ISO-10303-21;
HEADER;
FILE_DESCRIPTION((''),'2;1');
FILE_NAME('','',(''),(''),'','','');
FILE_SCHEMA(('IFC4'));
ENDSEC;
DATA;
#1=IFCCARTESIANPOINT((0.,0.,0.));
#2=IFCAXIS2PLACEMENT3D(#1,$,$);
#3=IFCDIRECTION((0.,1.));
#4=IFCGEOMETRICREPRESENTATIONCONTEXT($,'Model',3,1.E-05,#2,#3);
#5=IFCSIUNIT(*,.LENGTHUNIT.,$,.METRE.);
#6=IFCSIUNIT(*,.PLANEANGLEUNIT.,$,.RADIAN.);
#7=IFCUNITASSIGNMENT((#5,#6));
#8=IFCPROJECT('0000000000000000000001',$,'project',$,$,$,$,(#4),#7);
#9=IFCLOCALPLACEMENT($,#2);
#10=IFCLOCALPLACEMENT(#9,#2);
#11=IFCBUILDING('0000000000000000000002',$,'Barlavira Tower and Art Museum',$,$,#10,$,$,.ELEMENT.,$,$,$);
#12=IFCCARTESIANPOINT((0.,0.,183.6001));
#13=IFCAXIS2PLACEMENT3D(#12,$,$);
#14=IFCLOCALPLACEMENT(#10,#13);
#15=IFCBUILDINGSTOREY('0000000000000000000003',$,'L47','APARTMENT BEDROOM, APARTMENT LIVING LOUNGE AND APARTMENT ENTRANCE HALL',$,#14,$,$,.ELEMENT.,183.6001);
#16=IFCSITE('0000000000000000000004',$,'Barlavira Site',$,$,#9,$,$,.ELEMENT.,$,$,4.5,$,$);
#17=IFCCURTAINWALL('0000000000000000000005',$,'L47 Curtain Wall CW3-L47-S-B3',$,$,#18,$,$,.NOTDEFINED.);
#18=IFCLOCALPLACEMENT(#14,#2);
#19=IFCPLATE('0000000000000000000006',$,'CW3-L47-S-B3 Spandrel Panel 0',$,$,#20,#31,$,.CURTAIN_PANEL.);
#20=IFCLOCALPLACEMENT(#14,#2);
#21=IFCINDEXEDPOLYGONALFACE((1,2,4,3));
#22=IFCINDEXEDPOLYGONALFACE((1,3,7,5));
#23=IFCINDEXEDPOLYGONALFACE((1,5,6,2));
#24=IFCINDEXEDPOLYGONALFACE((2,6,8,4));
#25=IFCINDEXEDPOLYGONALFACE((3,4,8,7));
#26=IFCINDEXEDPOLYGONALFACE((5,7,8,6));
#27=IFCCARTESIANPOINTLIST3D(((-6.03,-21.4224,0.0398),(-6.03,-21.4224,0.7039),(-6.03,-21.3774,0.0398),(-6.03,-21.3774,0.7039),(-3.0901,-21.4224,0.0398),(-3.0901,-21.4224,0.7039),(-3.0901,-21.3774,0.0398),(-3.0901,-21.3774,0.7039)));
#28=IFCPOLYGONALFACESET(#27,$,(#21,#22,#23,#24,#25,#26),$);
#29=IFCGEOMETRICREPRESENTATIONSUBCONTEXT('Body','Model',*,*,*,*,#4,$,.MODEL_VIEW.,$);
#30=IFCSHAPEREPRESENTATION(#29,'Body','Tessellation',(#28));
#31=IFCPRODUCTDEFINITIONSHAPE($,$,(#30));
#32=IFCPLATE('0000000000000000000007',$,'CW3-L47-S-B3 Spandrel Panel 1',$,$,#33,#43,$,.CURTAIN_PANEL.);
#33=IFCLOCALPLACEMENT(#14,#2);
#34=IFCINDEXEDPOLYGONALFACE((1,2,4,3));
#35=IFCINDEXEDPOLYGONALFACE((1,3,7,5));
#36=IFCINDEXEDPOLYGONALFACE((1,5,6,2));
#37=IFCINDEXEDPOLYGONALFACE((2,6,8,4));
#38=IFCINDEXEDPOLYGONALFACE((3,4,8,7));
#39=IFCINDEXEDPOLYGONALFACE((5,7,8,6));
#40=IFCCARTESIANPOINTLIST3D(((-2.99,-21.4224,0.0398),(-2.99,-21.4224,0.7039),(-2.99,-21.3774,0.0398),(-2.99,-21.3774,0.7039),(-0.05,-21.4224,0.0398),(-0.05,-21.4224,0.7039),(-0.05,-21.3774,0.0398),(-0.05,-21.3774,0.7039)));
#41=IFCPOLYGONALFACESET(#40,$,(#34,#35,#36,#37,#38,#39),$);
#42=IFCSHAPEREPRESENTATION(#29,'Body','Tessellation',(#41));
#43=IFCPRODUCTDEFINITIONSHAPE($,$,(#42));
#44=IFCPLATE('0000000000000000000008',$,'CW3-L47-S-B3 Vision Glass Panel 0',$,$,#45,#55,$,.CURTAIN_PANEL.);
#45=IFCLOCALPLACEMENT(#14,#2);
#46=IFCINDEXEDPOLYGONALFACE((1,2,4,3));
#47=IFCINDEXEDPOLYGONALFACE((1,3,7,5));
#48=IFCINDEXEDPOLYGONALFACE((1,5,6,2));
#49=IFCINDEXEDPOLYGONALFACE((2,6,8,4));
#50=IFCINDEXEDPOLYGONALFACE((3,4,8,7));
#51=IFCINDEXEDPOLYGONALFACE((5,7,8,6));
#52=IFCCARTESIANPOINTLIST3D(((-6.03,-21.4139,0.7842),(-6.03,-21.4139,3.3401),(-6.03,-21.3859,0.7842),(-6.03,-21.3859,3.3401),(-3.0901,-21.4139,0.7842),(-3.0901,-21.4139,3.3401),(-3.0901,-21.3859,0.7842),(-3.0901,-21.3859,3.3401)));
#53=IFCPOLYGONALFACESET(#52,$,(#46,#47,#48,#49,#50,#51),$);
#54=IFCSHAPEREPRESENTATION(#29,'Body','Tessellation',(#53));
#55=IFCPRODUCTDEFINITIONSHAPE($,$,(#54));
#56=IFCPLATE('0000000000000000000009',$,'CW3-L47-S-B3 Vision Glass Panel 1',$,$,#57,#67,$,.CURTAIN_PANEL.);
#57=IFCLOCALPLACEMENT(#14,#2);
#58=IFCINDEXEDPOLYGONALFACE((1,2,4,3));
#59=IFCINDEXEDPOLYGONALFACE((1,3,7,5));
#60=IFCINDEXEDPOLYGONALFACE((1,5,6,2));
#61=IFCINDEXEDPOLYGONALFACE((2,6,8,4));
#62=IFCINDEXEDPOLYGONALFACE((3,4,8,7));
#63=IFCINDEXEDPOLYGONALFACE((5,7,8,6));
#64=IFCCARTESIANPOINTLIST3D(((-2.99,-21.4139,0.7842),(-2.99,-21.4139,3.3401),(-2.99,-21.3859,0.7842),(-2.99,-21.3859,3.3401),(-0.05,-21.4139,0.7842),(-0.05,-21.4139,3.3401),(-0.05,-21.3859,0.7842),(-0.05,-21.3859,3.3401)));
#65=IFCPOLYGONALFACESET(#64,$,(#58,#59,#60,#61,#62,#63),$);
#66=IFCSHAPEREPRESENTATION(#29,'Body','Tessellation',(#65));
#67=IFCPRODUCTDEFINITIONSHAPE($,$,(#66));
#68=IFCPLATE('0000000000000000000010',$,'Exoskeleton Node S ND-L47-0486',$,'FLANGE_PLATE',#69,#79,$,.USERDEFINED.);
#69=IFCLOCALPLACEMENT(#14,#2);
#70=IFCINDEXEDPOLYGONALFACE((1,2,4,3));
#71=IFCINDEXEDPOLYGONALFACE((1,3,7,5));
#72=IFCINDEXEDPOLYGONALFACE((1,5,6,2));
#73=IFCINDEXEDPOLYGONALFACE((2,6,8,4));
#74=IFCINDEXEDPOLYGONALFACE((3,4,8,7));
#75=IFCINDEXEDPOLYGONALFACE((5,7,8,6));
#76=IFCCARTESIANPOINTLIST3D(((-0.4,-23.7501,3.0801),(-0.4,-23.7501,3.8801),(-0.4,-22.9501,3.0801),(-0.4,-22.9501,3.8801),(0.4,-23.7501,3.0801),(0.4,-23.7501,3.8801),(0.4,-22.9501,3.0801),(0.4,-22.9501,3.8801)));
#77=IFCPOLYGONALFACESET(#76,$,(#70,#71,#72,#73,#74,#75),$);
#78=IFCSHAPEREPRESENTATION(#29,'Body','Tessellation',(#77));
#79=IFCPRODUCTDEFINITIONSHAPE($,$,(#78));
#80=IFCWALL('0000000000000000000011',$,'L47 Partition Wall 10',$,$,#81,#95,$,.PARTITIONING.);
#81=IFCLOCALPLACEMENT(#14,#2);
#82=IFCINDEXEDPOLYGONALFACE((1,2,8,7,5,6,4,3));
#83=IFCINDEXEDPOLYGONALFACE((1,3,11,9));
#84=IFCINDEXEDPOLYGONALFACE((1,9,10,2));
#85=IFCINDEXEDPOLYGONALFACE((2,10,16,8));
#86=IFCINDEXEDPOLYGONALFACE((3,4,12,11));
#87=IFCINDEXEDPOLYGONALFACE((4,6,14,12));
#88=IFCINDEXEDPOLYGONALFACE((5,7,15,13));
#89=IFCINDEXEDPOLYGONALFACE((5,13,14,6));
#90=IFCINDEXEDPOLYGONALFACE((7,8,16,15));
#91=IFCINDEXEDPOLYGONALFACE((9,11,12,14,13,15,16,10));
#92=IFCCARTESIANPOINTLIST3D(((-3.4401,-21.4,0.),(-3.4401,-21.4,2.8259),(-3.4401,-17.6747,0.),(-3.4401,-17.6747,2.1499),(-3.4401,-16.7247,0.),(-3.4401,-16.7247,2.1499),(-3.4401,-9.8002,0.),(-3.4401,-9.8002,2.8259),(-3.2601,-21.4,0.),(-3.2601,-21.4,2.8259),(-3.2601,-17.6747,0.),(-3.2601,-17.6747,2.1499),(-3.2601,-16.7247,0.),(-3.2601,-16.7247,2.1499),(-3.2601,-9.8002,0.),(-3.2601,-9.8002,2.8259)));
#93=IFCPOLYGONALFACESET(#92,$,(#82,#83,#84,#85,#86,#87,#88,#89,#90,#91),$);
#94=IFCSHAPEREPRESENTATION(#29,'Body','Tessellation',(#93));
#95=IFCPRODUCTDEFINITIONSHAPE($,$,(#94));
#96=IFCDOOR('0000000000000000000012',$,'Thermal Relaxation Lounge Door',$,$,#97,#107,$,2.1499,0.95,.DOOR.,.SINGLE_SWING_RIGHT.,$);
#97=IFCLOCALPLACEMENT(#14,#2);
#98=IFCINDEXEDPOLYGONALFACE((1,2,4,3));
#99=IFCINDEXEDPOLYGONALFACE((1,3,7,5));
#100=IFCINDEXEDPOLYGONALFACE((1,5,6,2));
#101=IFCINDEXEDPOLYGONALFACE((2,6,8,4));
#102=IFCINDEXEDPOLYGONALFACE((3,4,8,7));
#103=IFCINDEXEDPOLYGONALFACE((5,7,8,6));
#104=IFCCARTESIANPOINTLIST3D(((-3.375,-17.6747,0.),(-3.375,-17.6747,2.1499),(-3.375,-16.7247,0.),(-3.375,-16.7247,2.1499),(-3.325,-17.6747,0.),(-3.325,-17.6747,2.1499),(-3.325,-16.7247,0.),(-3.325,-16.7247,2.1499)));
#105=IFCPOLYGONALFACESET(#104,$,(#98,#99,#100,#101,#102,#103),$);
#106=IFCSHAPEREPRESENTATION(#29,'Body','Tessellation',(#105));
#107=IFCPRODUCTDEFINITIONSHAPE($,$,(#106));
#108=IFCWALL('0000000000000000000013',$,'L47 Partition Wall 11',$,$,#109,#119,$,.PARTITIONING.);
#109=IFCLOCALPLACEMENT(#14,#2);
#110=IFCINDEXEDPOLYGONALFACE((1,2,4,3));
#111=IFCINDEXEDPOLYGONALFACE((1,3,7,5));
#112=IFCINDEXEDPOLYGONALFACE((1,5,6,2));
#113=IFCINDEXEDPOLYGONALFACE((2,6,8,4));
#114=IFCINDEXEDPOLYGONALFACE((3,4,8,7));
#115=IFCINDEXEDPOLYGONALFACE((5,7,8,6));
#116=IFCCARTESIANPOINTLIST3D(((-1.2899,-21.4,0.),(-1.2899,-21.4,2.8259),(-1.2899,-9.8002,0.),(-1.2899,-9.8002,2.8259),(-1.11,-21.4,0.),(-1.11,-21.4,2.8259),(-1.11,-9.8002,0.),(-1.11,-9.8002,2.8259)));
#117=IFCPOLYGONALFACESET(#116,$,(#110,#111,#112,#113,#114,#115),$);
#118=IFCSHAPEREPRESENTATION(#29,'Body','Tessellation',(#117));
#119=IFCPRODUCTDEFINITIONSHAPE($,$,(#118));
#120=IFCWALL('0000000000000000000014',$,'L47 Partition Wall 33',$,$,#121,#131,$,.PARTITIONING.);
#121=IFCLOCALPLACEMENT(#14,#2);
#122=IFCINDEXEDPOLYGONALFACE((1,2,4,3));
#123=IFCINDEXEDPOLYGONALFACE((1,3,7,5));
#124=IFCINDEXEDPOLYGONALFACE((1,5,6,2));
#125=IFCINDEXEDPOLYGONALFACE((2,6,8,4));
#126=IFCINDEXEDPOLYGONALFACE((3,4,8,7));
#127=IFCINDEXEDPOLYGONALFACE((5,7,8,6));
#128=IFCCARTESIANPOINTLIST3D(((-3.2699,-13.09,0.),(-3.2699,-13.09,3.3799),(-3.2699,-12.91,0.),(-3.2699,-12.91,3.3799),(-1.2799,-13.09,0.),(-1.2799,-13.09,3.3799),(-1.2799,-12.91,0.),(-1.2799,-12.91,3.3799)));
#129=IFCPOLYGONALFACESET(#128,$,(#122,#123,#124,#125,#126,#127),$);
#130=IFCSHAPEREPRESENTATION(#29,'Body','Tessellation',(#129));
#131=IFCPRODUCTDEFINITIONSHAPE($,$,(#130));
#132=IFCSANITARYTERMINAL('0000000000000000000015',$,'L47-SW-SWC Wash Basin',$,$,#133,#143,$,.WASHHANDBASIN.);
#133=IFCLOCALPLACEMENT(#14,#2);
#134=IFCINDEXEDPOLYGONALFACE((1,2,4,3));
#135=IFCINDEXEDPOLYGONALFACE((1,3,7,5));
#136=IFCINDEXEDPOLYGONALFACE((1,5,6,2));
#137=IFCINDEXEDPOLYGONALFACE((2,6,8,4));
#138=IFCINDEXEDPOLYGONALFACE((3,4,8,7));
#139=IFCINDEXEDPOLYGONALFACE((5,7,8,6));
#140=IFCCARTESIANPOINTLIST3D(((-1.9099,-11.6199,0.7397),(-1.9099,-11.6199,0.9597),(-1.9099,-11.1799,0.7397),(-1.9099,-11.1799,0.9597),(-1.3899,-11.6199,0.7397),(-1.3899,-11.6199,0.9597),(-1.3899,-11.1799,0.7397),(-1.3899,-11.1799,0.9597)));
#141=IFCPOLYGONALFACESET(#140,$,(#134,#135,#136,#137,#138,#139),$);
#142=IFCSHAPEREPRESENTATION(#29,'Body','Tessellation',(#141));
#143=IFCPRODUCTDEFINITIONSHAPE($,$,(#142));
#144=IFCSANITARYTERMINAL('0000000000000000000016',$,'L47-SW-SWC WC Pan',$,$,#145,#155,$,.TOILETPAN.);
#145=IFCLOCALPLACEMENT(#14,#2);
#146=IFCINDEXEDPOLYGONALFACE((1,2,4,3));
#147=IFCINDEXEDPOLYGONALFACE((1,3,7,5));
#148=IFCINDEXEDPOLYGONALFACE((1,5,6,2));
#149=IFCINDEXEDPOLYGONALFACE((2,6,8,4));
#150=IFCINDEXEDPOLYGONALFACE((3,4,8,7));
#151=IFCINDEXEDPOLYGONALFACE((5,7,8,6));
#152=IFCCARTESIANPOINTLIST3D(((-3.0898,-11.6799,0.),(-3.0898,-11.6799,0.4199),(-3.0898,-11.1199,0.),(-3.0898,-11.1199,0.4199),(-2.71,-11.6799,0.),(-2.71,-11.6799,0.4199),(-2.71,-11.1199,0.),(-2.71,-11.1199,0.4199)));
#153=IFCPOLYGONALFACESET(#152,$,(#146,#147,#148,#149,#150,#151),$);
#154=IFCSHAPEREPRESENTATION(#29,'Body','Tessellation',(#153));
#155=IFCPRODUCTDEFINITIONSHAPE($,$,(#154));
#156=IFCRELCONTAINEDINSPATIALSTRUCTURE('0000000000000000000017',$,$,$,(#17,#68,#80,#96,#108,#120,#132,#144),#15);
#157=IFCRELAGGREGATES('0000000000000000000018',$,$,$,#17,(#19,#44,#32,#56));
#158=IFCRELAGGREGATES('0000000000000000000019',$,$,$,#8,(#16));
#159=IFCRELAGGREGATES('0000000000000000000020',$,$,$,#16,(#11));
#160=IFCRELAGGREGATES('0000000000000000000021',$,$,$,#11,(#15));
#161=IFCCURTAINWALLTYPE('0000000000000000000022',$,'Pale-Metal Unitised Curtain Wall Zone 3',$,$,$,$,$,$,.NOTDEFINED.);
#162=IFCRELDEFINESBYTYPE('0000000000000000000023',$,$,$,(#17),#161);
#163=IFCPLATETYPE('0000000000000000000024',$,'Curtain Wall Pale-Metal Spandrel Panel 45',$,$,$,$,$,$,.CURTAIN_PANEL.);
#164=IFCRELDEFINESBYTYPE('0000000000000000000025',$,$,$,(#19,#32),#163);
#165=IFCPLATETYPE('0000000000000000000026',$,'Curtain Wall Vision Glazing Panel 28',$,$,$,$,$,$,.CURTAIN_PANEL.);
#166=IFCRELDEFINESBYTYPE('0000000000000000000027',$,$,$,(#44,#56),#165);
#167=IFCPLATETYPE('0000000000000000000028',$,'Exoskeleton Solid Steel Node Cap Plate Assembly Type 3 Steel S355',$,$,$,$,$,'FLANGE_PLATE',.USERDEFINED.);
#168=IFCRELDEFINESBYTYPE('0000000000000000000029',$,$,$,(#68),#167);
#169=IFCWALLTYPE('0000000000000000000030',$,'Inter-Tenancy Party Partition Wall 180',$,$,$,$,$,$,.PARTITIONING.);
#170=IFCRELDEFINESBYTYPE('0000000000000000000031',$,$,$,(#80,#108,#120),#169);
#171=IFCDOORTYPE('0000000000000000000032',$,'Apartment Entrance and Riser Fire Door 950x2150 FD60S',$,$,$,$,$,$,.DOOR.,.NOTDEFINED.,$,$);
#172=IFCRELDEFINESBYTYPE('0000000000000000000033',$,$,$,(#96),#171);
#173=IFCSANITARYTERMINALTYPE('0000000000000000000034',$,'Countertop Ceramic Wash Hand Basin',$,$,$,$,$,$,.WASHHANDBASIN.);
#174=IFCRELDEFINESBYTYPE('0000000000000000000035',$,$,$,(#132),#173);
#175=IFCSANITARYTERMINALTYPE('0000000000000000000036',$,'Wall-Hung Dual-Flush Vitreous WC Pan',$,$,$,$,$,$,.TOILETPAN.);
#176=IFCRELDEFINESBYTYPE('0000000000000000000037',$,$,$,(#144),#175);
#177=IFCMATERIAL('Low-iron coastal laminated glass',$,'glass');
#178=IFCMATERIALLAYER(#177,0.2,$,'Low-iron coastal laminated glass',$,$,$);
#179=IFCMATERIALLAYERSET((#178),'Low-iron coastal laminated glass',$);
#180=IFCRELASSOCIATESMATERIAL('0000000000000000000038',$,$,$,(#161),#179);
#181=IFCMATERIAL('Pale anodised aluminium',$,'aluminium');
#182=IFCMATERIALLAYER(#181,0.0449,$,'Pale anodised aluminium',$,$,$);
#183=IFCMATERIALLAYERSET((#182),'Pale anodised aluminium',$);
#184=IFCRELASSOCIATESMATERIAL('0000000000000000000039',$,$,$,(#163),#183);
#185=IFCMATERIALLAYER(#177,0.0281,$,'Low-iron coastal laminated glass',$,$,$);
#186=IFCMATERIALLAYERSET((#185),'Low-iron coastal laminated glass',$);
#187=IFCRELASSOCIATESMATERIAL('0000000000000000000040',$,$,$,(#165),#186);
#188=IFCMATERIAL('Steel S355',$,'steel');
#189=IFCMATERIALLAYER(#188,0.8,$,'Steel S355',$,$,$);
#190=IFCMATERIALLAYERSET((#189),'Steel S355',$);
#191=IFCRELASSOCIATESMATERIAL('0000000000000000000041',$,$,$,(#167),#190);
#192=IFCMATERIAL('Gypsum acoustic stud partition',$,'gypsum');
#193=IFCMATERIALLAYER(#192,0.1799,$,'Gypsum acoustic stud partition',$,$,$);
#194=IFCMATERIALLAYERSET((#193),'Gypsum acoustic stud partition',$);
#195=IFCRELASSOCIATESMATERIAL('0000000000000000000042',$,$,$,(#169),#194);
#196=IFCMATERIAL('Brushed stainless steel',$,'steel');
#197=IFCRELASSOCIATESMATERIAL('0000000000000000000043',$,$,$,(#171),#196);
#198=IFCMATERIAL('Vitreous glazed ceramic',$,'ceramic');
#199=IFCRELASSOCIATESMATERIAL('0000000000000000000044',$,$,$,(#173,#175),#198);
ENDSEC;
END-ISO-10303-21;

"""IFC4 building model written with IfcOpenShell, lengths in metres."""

from ifc_helpers import new_model, si_unit, direction, frame, frame_2d, origin, origin_2d, place, context, subcontext, project, spatial, rectangle, extrude, material, layer, layer_set, type_object, element, fill, aggregate, save


model = new_model("IFC4")

# Units and contexts
model_context = context("Model", 3, precision=1e-05, world=origin(), true_north=direction((0.0, 1.0)))
body_context = subcontext(model_context, "Body", "Model", "MODEL_VIEW")
ifc_project = project(units=[si_unit("LENGTHUNIT", "METRE"), si_unit("PLANEANGLEUNIT", "RADIAN")], contexts=[model_context])

# Site, building, storey
site_placement = place(None, origin())
site = spatial("IfcSite", under=ifc_project, at=site_placement, Name="Barlavira Site", CompositionType="ELEMENT", RefElevation=4.5)
building_placement = place(site_placement, origin())
building = spatial("IfcBuilding", under=site, at=building_placement, Name="Barlavira Tower and Art Museum", CompositionType="ELEMENT")
storey_placement = place(building_placement, frame((0.0, 0.0, 183.6001)))
storey = spatial("IfcBuildingStorey", under=building, at=storey_placement, Name="L47", Description="APARTMENT BEDROOM, APARTMENT LIVING LOUNGE AND APARTMENT ENTRANCE HALL", CompositionType="ELEMENT", Elevation=183.6001)

# Curtain wall
ifc_material_1 = material(Name="Low-iron coastal laminated glass", Category="glass")
ifc_layer_1 = layer(ifc_material_1, 0.2, Name="Low-iron coastal laminated glass")
ifc_layer_set_1 = layer_set([ifc_layer_1], Name="Low-iron coastal laminated glass")
curtain_wall_type = type_object("IfcCurtainWallType", Name="Pale-Metal Unitised Curtain Wall Zone 3", PredefinedType="NOTDEFINED", material=ifc_layer_set_1)
curtain_wall_placement = place(storey_placement, origin())
curtain_wall = element("IfcCurtainWall", 1, at=curtain_wall_placement, inside=storey, type_object=curtain_wall_type, Name="L47 Curtain Wall CW3-L47-S-B3", PredefinedType="NOTDEFINED")
ifc_material_2 = material(Name="Pale anodised aluminium", Category="aluminium")

# Shared definitions
ifc_material_3 = material(Name="Steel S355", Category="steel")

# Plates
ifc_layer_2 = layer(ifc_material_2, 0.0449, Name="Pale anodised aluminium")
ifc_layer_set_2 = layer_set([ifc_layer_2], Name="Pale anodised aluminium")
plate_type_1 = type_object("IfcPlateType", Name="Curtain Wall Pale-Metal Spandrel Panel 45", PredefinedType="CURTAIN_PANEL", material=ifc_layer_set_2)
plate_1_placement = place(storey_placement, frame((-4.5601, -21.3999, 0.0398), z_axis=(0.0, 0.0, 1.0), x_axis=(1.0, 0.0, 0.0)))
plate_1 = element("IfcPlate", 2, at=plate_1_placement, type_object=plate_type_1, Name="CW3-L47-S-B3 Spandrel Panel 0", PredefinedType="CURTAIN_PANEL", context=body_context, shape_type="SweptSolid", body=[
    extrude(rectangle(XDim=2.9399, YDim=0.0449, at=origin_2d()), origin(), (0.0, 0.0, 1.0), 0.6641),
])
plate_2_placement = place(storey_placement, frame((-1.52, -21.3999, 0.0398), z_axis=(0.0, 0.0, 1.0), x_axis=(1.0, 0.0, 0.0)))
plate_2 = element("IfcPlate", 3, at=plate_2_placement, type_object=plate_type_1, Name="CW3-L47-S-B3 Spandrel Panel 1", PredefinedType="CURTAIN_PANEL", context=body_context, shape_type="SweptSolid", body=[
    extrude(rectangle(XDim=2.9399, YDim=0.0449, at=origin_2d()), origin(), (0.0, 0.0, 1.0), 0.6641),
])
ifc_layer_3 = layer(ifc_material_1, 0.0281, Name="Low-iron coastal laminated glass")
ifc_layer_set_3 = layer_set([ifc_layer_3], Name="Low-iron coastal laminated glass")
plate_type_2 = type_object("IfcPlateType", Name="Curtain Wall Vision Glazing Panel 28", PredefinedType="CURTAIN_PANEL", material=ifc_layer_set_3)
plate_3_placement = place(storey_placement, frame((-4.5601, -21.3999, 0.7842), z_axis=(0.0, 0.0, 1.0), x_axis=(1.0, 0.0, 0.0)))
plate_3 = element("IfcPlate", 4, at=plate_3_placement, type_object=plate_type_2, Name="CW3-L47-S-B3 Vision Glass Panel 0", PredefinedType="CURTAIN_PANEL", context=body_context, shape_type="SweptSolid", body=[
    extrude(rectangle(XDim=2.9399, YDim=0.0281, at=origin_2d()), origin(), (0.0, 0.0, 1.0), 2.5559),
])
plate_4_placement = place(storey_placement, frame((-1.52, -21.3999, 0.7842), z_axis=(0.0, 0.0, 1.0), x_axis=(1.0, 0.0, 0.0)))
plate_4 = element("IfcPlate", 5, at=plate_4_placement, type_object=plate_type_2, Name="CW3-L47-S-B3 Vision Glass Panel 1", PredefinedType="CURTAIN_PANEL", context=body_context, shape_type="SweptSolid", body=[
    extrude(rectangle(XDim=2.9399, YDim=0.0281, at=origin_2d()), origin(), (0.0, 0.0, 1.0), 2.5559),
])
aggregate(curtain_wall, [plate_1, plate_3, plate_2, plate_4])
ifc_layer_4 = layer(ifc_material_3, 0.8, Name="Steel S355")
ifc_layer_set_4 = layer_set([ifc_layer_4], Name="Steel S355")
plate_type_3 = type_object("IfcPlateType", Name="Exoskeleton Solid Steel Node Cap Plate Assembly Type 3 Steel S355", ElementType="FLANGE_PLATE", PredefinedType="USERDEFINED", material=ifc_layer_set_4)
plate_5_placement = place(storey_placement, frame((0.0, -23.3501, 3.0801), z_axis=(0.0, 0.0, 1.0), x_axis=(1.0, 0.0, 0.0)))
element("IfcPlate", 6, at=plate_5_placement, inside=storey, type_object=plate_type_3, Name="Exoskeleton Node S ND-L47-0486", ObjectType="FLANGE_PLATE", PredefinedType="USERDEFINED", context=body_context, shape_type="SweptSolid", body=[
    extrude(rectangle(XDim=0.8, YDim=0.8, at=origin_2d()), origin(), (0.0, 0.0, 1.0), 0.8),
])

# Wall, opening, door
ifc_material_4 = material(Name="Gypsum acoustic stud partition", Category="gypsum")
ifc_layer_5 = layer(ifc_material_4, 0.1799, Name="Gypsum acoustic stud partition")
ifc_layer_set_5 = layer_set([ifc_layer_5], Name="Gypsum acoustic stud partition")
wall_type = type_object("IfcWallType", Name="Inter-Tenancy Party Partition Wall 180", PredefinedType="PARTITIONING", material=ifc_layer_set_5)
wall_1_placement = place(storey_placement, frame((-3.3501, -21.3999, 0.0), z_axis=(0.0, 0.0, 1.0), x_axis=(0.0, 1.0, 0.0)))
wall_1 = element("IfcWall", 7, at=wall_1_placement, inside=storey, type_object=wall_type, Name="L47 Partition Wall 10", PredefinedType="PARTITIONING", context=body_context, shape_type="SweptSolid", body=[
    extrude(rectangle(XDim=11.5999, YDim=0.1799, at=frame_2d((5.7998, 0.0))), origin(), (0.0, 0.0, 1.0), 2.8259),
])
opening_1_placement = place(wall_1_placement, frame((3.7251, 0.0, 0.0)))
opening_1 = element("IfcOpeningElement", 8, at=opening_1_placement, cuts=wall_1, PredefinedType="OPENING", context=body_context, shape_type="SweptSolid", body=[
    extrude(rectangle(XDim=0.95, YDim=2.1499, at=frame_2d((0.4751, 1.075))), frame((0.0, 0.1001, 0.0), z_axis=(0.0, -1.0, 0.0), x_axis=(1.0, 0.0, 0.0)), (0.0, 0.0, 1.0), 0.2),
])
ifc_material_5 = material(Name="Brushed stainless steel", Category="steel")
door_type = type_object("IfcDoorType", Name="Apartment Entrance and Riser Fire Door 950x2150 FD60S", OperationType="NOTDEFINED", PredefinedType="DOOR", material=ifc_material_5)
door_1_placement = place(opening_1_placement, origin())
door_1 = element("IfcDoor", 9, at=door_1_placement, inside=storey, type_object=door_type, Name="Thermal Relaxation Lounge Door", OperationType="SINGLE_SWING_RIGHT", OverallHeight=2.1499, OverallWidth=0.95, PredefinedType="DOOR", context=body_context, shape_type="SweptSolid", body=[
    extrude(rectangle(XDim=0.95, YDim=2.1499, at=frame_2d((0.4751, 1.075))), frame((0.0, 0.0249, 0.0), z_axis=(0.0, -1.0, 0.0), x_axis=(1.0, 0.0, 0.0)), (0.0, 0.0, 1.0), 0.05),
])
fill(opening_1, door_1)

# Wall
wall_2_placement = place(storey_placement, frame((-1.2, -21.3999, 0.0), z_axis=(0.0, 0.0, 1.0), x_axis=(0.0, 1.0, 0.0)))
element("IfcWall", 10, at=wall_2_placement, inside=storey, type_object=wall_type, Name="L47 Partition Wall 11", PredefinedType="PARTITIONING", context=body_context, shape_type="SweptSolid", body=[
    extrude(rectangle(XDim=11.5999, YDim=0.1799, at=frame_2d((5.7998, 0.0))), origin(), (0.0, 0.0, 1.0), 2.8259),
])

# Wall
wall_3_placement = place(storey_placement, frame((-3.27, -13.0, 0.0), z_axis=(0.0, 0.0, 1.0), x_axis=(1.0, 0.0, 0.0)))
element("IfcWall", 11, at=wall_3_placement, inside=storey, type_object=wall_type, Name="L47 Partition Wall 33", PredefinedType="PARTITIONING", context=body_context, shape_type="SweptSolid", body=[
    extrude(rectangle(XDim=1.99, YDim=0.1799, at=frame_2d((0.9951, 0.0))), origin(), (0.0, 0.0, 1.0), 3.3799),
])

# Sanitary terminals
ifc_material_6 = material(Name="Vitreous glazed ceramic", Category="ceramic")
sanitary_terminal_type_1 = type_object("IfcSanitaryTerminalType", Name="Countertop Ceramic Wash Hand Basin", PredefinedType="WASHHANDBASIN", material=ifc_material_6)
sanitary_terminal_1_placement = place(storey_placement, frame((-1.6499, -11.3999, 0.7397), z_axis=(0.0, 0.0, 1.0), x_axis=(1.0, 0.0, 0.0)))
element("IfcSanitaryTerminal", 12, at=sanitary_terminal_1_placement, inside=storey, type_object=sanitary_terminal_type_1, Name="L47-SW-SWC Wash Basin", PredefinedType="WASHHANDBASIN", context=body_context, shape_type="SweptSolid", body=[
    extrude(rectangle(XDim=0.52, YDim=0.4399, at=origin_2d()), origin(), (0.0, 0.0, 1.0), 0.22),
])
sanitary_terminal_type_2 = type_object("IfcSanitaryTerminalType", Name="Wall-Hung Dual-Flush Vitreous WC Pan", PredefinedType="TOILETPAN", material=ifc_material_6)
sanitary_terminal_2_placement = place(storey_placement, frame((-2.8999, -11.3999, 0.0), z_axis=(0.0, 0.0, 1.0), x_axis=(1.0, 0.0, 0.0)))
element("IfcSanitaryTerminal", 13, at=sanitary_terminal_2_placement, inside=storey, type_object=sanitary_terminal_type_2, Name="L47-SW-SWC WC Pan", PredefinedType="TOILETPAN", context=body_context, shape_type="SweptSolid", body=[
    extrude(rectangle(XDim=0.3799, YDim=0.5601, at=origin_2d()), origin(), (0.0, 0.0, 1.0), 0.4199),
])

save(model, "model.ifc")
